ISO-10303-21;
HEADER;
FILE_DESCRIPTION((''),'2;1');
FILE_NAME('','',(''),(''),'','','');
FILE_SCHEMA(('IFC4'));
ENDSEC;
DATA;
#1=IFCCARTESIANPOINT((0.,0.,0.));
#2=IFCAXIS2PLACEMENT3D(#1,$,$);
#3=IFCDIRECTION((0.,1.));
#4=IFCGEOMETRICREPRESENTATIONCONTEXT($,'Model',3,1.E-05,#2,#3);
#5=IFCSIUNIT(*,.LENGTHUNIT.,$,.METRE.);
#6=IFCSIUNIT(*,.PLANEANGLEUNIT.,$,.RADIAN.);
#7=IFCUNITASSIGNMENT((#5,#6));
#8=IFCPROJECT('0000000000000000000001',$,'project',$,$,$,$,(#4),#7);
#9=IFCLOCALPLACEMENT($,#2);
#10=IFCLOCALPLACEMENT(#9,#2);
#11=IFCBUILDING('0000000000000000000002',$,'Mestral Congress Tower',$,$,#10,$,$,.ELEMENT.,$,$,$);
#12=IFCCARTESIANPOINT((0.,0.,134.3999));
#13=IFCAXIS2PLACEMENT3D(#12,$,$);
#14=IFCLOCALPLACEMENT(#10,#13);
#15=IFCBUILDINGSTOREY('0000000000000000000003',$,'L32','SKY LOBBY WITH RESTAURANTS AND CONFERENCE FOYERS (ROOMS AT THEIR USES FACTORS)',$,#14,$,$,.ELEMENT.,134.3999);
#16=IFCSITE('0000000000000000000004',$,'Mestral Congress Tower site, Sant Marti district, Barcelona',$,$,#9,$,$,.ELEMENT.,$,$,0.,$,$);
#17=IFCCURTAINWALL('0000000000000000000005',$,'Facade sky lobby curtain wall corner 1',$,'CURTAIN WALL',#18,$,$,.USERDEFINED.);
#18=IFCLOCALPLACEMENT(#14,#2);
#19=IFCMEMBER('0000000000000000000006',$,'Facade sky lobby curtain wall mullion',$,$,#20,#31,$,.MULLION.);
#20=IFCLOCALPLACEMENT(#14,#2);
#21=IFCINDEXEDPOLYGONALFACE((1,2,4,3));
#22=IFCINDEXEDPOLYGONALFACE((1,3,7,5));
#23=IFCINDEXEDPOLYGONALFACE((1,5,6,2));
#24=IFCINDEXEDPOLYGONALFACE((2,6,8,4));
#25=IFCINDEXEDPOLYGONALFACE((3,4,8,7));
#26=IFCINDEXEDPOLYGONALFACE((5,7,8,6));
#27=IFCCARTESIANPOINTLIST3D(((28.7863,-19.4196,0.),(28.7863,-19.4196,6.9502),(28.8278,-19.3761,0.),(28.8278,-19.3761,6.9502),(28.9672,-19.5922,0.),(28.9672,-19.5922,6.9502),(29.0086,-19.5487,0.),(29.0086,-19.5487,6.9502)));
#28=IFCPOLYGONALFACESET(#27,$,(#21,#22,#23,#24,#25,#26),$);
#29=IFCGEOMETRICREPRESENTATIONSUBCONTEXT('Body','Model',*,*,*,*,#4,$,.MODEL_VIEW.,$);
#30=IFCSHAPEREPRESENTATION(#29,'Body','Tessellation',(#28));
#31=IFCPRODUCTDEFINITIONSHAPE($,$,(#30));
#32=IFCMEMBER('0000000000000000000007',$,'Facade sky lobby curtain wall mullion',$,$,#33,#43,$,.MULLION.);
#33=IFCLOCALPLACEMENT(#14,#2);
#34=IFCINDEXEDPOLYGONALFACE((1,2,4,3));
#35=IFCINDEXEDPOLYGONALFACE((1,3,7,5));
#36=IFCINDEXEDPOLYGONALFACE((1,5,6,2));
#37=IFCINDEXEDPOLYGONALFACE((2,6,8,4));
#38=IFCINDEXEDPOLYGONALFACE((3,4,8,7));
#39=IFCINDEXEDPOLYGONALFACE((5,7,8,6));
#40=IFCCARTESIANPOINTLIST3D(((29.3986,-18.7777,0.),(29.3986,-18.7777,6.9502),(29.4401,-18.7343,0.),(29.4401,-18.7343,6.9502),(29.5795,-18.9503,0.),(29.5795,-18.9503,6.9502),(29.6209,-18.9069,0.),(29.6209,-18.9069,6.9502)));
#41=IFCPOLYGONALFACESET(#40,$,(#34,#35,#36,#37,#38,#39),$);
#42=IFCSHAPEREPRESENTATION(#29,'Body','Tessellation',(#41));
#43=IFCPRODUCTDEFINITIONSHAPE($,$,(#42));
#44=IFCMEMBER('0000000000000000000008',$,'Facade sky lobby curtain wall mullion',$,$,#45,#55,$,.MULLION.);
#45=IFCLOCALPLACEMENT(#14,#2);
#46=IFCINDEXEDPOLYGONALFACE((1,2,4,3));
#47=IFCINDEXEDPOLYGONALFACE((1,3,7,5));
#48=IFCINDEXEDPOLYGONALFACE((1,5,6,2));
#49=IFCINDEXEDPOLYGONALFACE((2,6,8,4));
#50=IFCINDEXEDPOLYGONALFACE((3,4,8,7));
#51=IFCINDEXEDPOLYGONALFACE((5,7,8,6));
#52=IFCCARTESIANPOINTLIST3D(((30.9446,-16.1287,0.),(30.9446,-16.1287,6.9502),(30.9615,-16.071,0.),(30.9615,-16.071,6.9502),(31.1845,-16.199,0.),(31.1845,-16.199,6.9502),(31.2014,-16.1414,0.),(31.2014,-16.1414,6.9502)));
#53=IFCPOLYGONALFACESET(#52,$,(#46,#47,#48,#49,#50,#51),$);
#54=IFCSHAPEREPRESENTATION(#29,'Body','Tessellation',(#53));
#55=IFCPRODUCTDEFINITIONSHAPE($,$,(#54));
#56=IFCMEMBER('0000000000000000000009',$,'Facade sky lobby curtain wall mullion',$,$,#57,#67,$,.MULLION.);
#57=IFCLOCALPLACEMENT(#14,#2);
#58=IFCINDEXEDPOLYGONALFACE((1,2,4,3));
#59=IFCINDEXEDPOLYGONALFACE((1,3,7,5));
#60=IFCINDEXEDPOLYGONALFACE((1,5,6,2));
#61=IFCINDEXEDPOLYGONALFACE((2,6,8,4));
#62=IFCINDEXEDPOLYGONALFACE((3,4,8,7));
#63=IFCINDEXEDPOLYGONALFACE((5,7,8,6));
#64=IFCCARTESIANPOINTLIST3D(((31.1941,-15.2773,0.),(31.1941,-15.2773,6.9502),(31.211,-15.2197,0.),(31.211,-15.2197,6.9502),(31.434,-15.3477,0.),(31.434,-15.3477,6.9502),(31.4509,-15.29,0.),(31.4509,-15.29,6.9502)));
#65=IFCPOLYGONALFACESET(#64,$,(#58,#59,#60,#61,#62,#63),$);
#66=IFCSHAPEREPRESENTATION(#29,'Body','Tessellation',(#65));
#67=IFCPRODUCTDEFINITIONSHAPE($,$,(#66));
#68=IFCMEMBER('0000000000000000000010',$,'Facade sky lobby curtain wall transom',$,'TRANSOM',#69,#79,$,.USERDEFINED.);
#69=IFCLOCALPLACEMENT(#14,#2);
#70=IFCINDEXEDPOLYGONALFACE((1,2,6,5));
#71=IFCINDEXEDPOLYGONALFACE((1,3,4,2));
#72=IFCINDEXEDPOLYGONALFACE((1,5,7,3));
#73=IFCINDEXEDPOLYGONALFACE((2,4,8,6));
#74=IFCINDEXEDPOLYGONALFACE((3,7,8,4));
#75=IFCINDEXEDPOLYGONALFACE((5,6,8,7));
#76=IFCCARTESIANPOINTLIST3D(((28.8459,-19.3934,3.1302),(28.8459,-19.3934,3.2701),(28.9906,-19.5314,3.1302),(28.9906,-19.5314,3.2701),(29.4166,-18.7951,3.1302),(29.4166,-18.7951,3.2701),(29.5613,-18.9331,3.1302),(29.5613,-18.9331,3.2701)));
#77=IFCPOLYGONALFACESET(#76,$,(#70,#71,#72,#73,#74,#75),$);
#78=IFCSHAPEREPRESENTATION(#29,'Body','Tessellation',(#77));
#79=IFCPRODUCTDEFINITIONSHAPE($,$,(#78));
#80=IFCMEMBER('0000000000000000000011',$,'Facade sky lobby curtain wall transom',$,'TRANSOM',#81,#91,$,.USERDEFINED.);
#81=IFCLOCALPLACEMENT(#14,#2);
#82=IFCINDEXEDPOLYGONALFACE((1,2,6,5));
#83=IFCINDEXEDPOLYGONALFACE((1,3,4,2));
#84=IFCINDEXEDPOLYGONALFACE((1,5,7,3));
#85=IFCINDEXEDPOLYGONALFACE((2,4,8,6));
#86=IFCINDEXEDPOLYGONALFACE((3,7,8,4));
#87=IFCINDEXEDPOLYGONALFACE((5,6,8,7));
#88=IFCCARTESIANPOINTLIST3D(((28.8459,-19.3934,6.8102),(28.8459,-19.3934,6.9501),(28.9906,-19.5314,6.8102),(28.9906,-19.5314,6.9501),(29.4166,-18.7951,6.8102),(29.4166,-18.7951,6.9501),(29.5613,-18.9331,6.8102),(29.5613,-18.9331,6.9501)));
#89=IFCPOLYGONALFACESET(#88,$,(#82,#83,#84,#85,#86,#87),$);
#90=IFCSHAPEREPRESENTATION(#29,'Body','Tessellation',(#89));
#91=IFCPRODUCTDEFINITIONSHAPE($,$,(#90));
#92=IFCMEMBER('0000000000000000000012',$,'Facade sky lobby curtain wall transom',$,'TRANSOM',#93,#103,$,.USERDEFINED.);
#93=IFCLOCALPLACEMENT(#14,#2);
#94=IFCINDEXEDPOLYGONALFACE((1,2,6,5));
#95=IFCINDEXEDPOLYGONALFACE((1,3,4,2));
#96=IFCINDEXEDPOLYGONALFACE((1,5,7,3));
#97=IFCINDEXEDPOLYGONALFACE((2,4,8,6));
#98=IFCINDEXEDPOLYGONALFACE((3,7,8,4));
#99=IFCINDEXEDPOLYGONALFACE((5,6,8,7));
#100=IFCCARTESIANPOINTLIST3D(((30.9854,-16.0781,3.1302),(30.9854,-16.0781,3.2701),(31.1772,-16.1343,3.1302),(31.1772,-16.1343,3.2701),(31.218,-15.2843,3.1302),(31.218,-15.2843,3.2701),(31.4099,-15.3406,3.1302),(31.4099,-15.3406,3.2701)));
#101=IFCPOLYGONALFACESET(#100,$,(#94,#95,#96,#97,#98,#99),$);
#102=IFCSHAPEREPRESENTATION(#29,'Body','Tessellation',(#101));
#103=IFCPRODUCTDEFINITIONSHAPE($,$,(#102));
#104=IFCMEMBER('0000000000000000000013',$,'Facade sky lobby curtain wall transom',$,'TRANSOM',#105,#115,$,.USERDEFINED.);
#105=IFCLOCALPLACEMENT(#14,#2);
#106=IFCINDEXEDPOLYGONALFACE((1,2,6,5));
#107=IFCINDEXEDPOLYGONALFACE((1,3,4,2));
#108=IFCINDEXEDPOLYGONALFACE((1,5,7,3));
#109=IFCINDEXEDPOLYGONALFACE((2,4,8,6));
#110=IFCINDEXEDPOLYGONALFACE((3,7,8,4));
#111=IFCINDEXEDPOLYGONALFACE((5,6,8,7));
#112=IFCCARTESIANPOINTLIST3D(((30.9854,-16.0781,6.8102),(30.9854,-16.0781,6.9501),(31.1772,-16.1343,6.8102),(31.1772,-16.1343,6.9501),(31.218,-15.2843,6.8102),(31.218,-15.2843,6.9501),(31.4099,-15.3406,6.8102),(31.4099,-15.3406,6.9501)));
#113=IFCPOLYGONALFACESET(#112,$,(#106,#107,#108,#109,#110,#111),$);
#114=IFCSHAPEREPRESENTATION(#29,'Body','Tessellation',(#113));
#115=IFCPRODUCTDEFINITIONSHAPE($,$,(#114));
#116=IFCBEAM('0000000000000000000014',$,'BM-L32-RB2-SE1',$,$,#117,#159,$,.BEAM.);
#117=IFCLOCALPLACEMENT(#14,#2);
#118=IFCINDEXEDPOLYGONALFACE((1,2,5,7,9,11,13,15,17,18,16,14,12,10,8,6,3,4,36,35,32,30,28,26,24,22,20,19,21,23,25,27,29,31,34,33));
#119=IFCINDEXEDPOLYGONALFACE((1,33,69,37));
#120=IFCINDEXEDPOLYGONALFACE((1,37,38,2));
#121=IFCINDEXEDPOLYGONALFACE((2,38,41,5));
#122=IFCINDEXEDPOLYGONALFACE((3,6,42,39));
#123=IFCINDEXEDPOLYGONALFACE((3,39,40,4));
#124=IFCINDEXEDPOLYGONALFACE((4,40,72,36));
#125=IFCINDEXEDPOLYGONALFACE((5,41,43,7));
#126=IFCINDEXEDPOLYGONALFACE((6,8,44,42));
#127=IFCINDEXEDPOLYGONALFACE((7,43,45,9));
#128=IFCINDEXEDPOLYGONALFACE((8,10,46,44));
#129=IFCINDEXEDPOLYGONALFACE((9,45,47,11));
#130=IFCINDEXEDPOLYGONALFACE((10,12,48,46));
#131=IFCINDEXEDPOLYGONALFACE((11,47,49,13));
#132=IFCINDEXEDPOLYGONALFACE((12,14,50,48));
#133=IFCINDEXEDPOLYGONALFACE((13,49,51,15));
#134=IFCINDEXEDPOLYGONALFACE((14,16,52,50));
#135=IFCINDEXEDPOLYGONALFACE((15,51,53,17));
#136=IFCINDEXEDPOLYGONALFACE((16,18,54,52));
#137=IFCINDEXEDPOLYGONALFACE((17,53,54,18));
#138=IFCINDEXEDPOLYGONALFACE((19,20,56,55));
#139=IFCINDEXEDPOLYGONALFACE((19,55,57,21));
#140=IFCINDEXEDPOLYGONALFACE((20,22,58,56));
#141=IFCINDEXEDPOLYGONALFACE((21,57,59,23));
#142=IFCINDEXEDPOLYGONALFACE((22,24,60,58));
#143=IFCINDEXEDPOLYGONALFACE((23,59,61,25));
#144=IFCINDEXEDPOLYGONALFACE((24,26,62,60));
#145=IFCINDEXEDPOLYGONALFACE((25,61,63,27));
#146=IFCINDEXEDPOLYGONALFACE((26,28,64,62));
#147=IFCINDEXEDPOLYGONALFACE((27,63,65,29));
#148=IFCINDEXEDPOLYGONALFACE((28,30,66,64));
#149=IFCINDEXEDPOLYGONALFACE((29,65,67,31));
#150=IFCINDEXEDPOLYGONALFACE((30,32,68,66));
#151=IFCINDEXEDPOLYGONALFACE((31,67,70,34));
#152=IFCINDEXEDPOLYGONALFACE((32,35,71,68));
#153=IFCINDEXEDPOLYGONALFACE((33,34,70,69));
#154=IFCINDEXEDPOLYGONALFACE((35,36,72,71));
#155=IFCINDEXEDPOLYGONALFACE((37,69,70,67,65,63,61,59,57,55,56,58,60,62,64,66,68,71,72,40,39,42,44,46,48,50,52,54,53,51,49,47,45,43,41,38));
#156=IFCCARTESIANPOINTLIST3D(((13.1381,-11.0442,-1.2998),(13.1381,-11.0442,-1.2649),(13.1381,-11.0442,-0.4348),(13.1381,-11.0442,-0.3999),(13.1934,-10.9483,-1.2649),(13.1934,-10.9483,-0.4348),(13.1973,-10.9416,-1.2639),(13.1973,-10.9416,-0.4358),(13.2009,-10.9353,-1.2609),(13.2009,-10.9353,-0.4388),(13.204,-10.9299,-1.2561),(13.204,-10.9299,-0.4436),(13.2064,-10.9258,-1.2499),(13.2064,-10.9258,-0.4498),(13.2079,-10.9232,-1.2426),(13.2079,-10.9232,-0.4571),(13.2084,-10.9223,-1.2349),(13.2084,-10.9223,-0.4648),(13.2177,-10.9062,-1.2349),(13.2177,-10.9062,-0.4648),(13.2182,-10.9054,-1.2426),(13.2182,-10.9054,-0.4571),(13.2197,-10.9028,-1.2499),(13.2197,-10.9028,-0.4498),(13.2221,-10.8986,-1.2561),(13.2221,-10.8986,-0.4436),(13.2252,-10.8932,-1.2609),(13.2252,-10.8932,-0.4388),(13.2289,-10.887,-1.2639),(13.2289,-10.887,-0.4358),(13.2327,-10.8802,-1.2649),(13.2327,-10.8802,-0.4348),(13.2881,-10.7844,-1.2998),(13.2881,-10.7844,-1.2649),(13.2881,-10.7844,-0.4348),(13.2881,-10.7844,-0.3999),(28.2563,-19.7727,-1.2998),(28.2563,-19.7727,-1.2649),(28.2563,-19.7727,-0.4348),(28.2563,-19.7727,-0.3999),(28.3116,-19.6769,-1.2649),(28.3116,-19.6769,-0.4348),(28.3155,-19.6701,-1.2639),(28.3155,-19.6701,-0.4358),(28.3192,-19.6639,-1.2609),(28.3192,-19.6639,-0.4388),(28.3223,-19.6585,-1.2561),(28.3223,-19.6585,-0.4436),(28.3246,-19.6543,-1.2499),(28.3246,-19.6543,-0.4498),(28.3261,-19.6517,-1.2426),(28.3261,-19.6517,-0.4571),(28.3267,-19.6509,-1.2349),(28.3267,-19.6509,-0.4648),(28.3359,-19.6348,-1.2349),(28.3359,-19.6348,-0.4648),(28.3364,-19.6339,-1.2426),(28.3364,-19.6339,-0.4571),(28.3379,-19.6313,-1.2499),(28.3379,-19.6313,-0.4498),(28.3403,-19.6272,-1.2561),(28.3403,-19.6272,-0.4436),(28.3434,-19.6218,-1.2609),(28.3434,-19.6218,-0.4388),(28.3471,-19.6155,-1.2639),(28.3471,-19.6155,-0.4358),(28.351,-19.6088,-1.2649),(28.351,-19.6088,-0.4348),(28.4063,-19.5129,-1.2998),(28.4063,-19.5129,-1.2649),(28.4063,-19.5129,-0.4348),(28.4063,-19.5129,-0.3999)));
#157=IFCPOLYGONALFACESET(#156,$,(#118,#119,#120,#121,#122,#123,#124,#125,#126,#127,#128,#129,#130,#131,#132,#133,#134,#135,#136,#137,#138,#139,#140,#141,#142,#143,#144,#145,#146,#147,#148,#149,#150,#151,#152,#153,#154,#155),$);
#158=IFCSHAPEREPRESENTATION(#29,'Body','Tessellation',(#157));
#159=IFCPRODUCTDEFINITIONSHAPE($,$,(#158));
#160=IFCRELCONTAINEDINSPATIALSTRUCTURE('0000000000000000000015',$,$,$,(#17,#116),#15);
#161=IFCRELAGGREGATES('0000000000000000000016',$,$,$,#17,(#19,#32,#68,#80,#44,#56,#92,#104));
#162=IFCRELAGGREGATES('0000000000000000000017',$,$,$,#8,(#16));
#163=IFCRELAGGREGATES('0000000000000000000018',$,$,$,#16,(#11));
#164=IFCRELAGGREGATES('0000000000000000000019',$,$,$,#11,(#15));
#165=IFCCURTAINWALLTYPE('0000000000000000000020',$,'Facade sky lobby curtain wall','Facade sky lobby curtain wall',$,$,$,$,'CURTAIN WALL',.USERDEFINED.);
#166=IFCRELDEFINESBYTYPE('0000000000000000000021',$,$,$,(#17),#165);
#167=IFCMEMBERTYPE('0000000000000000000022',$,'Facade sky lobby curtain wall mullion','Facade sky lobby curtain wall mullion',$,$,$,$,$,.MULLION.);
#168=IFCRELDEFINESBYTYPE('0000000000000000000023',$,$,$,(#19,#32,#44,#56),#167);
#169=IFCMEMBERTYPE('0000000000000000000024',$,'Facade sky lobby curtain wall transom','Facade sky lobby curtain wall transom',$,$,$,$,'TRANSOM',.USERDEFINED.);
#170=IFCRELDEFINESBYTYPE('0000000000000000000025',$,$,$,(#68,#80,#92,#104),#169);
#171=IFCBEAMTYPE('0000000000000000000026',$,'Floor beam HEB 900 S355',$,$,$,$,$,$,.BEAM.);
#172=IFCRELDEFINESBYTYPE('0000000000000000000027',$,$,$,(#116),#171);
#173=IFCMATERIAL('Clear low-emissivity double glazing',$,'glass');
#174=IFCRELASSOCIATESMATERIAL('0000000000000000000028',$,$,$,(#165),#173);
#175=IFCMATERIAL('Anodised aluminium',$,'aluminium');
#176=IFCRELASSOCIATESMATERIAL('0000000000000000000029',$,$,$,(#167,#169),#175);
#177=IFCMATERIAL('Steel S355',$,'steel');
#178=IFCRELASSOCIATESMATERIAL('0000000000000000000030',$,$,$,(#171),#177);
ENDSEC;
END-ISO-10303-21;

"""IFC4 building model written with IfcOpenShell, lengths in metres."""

from ifc_helpers import new_model, si_unit, direction, frame, origin, origin_2d, place, context, subcontext, project, spatial, rectangle, i_section, extrude, material, material_profile, profile_set, type_object, element, aggregate, save


model = new_model("IFC4")

# Units and contexts
model_context = context("Model", 3, precision=1e-05, world=origin(), true_north=direction((0.0, 1.0)))
body_context = subcontext(model_context, "Body", "Model", "MODEL_VIEW")
ifc_project = project(units=[si_unit("LENGTHUNIT", "METRE"), si_unit("PLANEANGLEUNIT", "RADIAN")], contexts=[model_context])

# Site, building, storey
site_placement = place(None, origin())
site = spatial("IfcSite", under=ifc_project, at=site_placement, Name="Mestral Congress Tower site, Sant Marti district, Barcelona", CompositionType="ELEMENT", RefElevation=0.0)
building_placement = place(site_placement, origin())
building = spatial("IfcBuilding", under=site, at=building_placement, Name="Mestral Congress Tower", CompositionType="ELEMENT")
storey_placement = place(building_placement, frame((0.0, 0.0, 134.3999)))
storey = spatial("IfcBuildingStorey", under=building, at=storey_placement, Name="L32", Description="SKY LOBBY WITH RESTAURANTS AND CONFERENCE FOYERS (ROOMS AT THEIR USES FACTORS)", CompositionType="ELEMENT", Elevation=134.3999)

# Shared definitions
ifc_material_1 = material(Name="Steel S355", Category="steel")

# Curtain wall, members
ifc_material_2 = material(Name="Clear low-emissivity double glazing", Category="glass")
curtain_wall_type = type_object("IfcCurtainWallType", Name="Facade sky lobby curtain wall", Description="Facade sky lobby curtain wall", ElementType="CURTAIN WALL", PredefinedType="USERDEFINED", material=ifc_material_2)
curtain_wall_placement = place(storey_placement, origin())
curtain_wall = element("IfcCurtainWall", 1, at=curtain_wall_placement, inside=storey, type_object=curtain_wall_type, Name="Facade sky lobby curtain wall corner 1", ObjectType="CURTAIN WALL", PredefinedType="USERDEFINED")
ifc_material_3 = material(Name="Anodised aluminium", Category="aluminium")
ifc_material_profile_1 = material_profile(ifc_material_3, rectangle(XDim=0.25, YDim=0.0601, at=origin_2d()), Name="CW1 mullion 250 x 60")
ifc_profile_set_1 = profile_set([ifc_material_profile_1], Name="Anodised aluminium")
member_type_1 = type_object("IfcMemberType", Name="Facade sky lobby curtain wall mullion", Description="Facade sky lobby curtain wall mullion", PredefinedType="MULLION", material=ifc_profile_set_1)
member_1_placement = place(storey_placement, frame((28.8975, -19.4841, 0.0), z_axis=(0.0, 0.0, 1.0), x_axis=(0.723452, -0.690375, 0.0)))
member_1 = element("IfcMember", 2, at=member_1_placement, type_object=member_type_1, Name="Facade sky lobby curtain wall mullion", PredefinedType="MULLION", context=body_context, shape_type="SweptSolid", body=[
    extrude(rectangle(XDim=0.25, YDim=0.0601, at=origin_2d()), origin(), (0.0, 0.0, 1.0), 6.9502),
])
member_2_placement = place(storey_placement, frame((29.5098, -18.8423, 0.0), z_axis=(0.0, 0.0, 1.0), x_axis=(0.723452, -0.690375, 0.0)))
member_2 = element("IfcMember", 3, at=member_2_placement, type_object=member_type_1, Name="Facade sky lobby curtain wall mullion", PredefinedType="MULLION", context=body_context, shape_type="SweptSolid", body=[
    extrude(rectangle(XDim=0.25, YDim=0.0601, at=origin_2d()), origin(), (0.0, 0.0, 1.0), 6.9502),
])
member_3_placement = place(storey_placement, frame((31.073, -16.135, 0.0), z_axis=(0.0, 0.0, 1.0), x_axis=(0.959609, -0.281337, 0.0)))
member_3 = element("IfcMember", 4, at=member_3_placement, type_object=member_type_1, Name="Facade sky lobby curtain wall mullion", PredefinedType="MULLION", context=body_context, shape_type="SweptSolid", body=[
    extrude(rectangle(XDim=0.25, YDim=0.0601, at=origin_2d()), origin(), (0.0, 0.0, 1.0), 6.9502),
])
member_4_placement = place(storey_placement, frame((31.3225, -15.2837, 0.0), z_axis=(0.0, 0.0, 1.0), x_axis=(0.959609, -0.281337, 0.0)))
member_4 = element("IfcMember", 5, at=member_4_placement, type_object=member_type_1, Name="Facade sky lobby curtain wall mullion", PredefinedType="MULLION", context=body_context, shape_type="SweptSolid", body=[
    extrude(rectangle(XDim=0.25, YDim=0.0601, at=origin_2d()), origin(), (0.0, 0.0, 1.0), 6.9502),
])
ifc_material_profile_2 = material_profile(ifc_material_3, rectangle(XDim=0.2, YDim=0.1399, at=origin_2d()), Name="CW1 transom 200 x 140")
ifc_profile_set_2 = profile_set([ifc_material_profile_2], Name="Anodised aluminium")
member_type_2 = type_object("IfcMemberType", Name="Facade sky lobby curtain wall transom", Description="Facade sky lobby curtain wall transom", ElementType="TRANSOM", PredefinedType="USERDEFINED", material=ifc_profile_set_2)
member_5_placement = place(storey_placement, frame((28.9182, -19.4624, 3.2002), z_axis=(0.69023, 0.72359, 0.0), x_axis=(-0.72359, 0.69023, 0.0)))
member_5 = element("IfcMember", 6, at=member_5_placement, type_object=member_type_2, Name="Facade sky lobby curtain wall transom", ObjectType="TRANSOM", PredefinedType="USERDEFINED", context=body_context, shape_type="SweptSolid", body=[
    extrude(rectangle(XDim=0.2, YDim=0.1399, at=origin_2d()), origin(), (0.0, 0.0, 1.0), 0.8269),
])
member_6_placement = place(storey_placement, frame((28.9182, -19.4624, 6.8801), z_axis=(0.69023, 0.72359, 0.0), x_axis=(-0.72359, 0.69023, 0.0)))
member_6 = element("IfcMember", 7, at=member_6_placement, type_object=member_type_2, Name="Facade sky lobby curtain wall transom", ObjectType="TRANSOM", PredefinedType="USERDEFINED", context=body_context, shape_type="SweptSolid", body=[
    extrude(rectangle(XDim=0.2, YDim=0.1399, at=origin_2d()), origin(), (0.0, 0.0, 1.0), 0.8269),
])
member_7_placement = place(storey_placement, frame((31.0813, -16.1062, 3.2002), z_axis=(0.281303, 0.959619, 0.0), x_axis=(-0.959619, 0.281303, 0.0)))
member_7 = element("IfcMember", 8, at=member_7_placement, type_object=member_type_2, Name="Facade sky lobby curtain wall transom", ObjectType="TRANSOM", PredefinedType="USERDEFINED", context=body_context, shape_type="SweptSolid", body=[
    extrude(rectangle(XDim=0.2, YDim=0.1399, at=origin_2d()), origin(), (0.0, 0.0, 1.0), 0.8271),
])
member_8_placement = place(storey_placement, frame((31.0813, -16.1062, 6.8801), z_axis=(0.281303, 0.959619, 0.0), x_axis=(-0.959619, 0.281303, 0.0)))
member_8 = element("IfcMember", 9, at=member_8_placement, type_object=member_type_2, Name="Facade sky lobby curtain wall transom", ObjectType="TRANSOM", PredefinedType="USERDEFINED", context=body_context, shape_type="SweptSolid", body=[
    extrude(rectangle(XDim=0.2, YDim=0.1399, at=origin_2d()), origin(), (0.0, 0.0, 1.0), 0.8271),
])

# Beam
ifc_material_profile_3 = material_profile(ifc_material_1, i_section(OverallWidth=0.3, OverallDepth=0.8999, WebThickness=0.0186, FlangeThickness=0.0349, FilletRadius=0.03, at=origin_2d()), Name="HEB 900")
ifc_profile_set_3 = profile_set([ifc_material_profile_3], Name="Steel S355")
beam_type_1 = type_object("IfcBeamType", Name="Floor beam HEB 900 S355", PredefinedType="BEAM", material=ifc_profile_set_3)
beam_1_placement = place(storey_placement, frame((28.3313, -19.6428, -0.8499), z_axis=(-0.866024, 0.500002, 0.0), x_axis=(-0.500002, -0.866024, 0.0)))
element("IfcBeam", 10, at=beam_1_placement, inside=storey, type_object=beam_type_1, Name="BM-L32-RB2-SE1", PredefinedType="BEAM", context=body_context, shape_type="SweptSolid", body=[
    extrude(i_section(OverallWidth=0.3, OverallDepth=0.8999, WebThickness=0.0186, FlangeThickness=0.0349, FilletRadius=0.03, at=origin_2d()), origin(), (0.0, 0.0, 1.0), 17.457),
])

aggregate(curtain_wall, [member_1, member_2, member_5, member_6, member_3, member_4, member_7, member_8])

save(model, "model.ifc")
